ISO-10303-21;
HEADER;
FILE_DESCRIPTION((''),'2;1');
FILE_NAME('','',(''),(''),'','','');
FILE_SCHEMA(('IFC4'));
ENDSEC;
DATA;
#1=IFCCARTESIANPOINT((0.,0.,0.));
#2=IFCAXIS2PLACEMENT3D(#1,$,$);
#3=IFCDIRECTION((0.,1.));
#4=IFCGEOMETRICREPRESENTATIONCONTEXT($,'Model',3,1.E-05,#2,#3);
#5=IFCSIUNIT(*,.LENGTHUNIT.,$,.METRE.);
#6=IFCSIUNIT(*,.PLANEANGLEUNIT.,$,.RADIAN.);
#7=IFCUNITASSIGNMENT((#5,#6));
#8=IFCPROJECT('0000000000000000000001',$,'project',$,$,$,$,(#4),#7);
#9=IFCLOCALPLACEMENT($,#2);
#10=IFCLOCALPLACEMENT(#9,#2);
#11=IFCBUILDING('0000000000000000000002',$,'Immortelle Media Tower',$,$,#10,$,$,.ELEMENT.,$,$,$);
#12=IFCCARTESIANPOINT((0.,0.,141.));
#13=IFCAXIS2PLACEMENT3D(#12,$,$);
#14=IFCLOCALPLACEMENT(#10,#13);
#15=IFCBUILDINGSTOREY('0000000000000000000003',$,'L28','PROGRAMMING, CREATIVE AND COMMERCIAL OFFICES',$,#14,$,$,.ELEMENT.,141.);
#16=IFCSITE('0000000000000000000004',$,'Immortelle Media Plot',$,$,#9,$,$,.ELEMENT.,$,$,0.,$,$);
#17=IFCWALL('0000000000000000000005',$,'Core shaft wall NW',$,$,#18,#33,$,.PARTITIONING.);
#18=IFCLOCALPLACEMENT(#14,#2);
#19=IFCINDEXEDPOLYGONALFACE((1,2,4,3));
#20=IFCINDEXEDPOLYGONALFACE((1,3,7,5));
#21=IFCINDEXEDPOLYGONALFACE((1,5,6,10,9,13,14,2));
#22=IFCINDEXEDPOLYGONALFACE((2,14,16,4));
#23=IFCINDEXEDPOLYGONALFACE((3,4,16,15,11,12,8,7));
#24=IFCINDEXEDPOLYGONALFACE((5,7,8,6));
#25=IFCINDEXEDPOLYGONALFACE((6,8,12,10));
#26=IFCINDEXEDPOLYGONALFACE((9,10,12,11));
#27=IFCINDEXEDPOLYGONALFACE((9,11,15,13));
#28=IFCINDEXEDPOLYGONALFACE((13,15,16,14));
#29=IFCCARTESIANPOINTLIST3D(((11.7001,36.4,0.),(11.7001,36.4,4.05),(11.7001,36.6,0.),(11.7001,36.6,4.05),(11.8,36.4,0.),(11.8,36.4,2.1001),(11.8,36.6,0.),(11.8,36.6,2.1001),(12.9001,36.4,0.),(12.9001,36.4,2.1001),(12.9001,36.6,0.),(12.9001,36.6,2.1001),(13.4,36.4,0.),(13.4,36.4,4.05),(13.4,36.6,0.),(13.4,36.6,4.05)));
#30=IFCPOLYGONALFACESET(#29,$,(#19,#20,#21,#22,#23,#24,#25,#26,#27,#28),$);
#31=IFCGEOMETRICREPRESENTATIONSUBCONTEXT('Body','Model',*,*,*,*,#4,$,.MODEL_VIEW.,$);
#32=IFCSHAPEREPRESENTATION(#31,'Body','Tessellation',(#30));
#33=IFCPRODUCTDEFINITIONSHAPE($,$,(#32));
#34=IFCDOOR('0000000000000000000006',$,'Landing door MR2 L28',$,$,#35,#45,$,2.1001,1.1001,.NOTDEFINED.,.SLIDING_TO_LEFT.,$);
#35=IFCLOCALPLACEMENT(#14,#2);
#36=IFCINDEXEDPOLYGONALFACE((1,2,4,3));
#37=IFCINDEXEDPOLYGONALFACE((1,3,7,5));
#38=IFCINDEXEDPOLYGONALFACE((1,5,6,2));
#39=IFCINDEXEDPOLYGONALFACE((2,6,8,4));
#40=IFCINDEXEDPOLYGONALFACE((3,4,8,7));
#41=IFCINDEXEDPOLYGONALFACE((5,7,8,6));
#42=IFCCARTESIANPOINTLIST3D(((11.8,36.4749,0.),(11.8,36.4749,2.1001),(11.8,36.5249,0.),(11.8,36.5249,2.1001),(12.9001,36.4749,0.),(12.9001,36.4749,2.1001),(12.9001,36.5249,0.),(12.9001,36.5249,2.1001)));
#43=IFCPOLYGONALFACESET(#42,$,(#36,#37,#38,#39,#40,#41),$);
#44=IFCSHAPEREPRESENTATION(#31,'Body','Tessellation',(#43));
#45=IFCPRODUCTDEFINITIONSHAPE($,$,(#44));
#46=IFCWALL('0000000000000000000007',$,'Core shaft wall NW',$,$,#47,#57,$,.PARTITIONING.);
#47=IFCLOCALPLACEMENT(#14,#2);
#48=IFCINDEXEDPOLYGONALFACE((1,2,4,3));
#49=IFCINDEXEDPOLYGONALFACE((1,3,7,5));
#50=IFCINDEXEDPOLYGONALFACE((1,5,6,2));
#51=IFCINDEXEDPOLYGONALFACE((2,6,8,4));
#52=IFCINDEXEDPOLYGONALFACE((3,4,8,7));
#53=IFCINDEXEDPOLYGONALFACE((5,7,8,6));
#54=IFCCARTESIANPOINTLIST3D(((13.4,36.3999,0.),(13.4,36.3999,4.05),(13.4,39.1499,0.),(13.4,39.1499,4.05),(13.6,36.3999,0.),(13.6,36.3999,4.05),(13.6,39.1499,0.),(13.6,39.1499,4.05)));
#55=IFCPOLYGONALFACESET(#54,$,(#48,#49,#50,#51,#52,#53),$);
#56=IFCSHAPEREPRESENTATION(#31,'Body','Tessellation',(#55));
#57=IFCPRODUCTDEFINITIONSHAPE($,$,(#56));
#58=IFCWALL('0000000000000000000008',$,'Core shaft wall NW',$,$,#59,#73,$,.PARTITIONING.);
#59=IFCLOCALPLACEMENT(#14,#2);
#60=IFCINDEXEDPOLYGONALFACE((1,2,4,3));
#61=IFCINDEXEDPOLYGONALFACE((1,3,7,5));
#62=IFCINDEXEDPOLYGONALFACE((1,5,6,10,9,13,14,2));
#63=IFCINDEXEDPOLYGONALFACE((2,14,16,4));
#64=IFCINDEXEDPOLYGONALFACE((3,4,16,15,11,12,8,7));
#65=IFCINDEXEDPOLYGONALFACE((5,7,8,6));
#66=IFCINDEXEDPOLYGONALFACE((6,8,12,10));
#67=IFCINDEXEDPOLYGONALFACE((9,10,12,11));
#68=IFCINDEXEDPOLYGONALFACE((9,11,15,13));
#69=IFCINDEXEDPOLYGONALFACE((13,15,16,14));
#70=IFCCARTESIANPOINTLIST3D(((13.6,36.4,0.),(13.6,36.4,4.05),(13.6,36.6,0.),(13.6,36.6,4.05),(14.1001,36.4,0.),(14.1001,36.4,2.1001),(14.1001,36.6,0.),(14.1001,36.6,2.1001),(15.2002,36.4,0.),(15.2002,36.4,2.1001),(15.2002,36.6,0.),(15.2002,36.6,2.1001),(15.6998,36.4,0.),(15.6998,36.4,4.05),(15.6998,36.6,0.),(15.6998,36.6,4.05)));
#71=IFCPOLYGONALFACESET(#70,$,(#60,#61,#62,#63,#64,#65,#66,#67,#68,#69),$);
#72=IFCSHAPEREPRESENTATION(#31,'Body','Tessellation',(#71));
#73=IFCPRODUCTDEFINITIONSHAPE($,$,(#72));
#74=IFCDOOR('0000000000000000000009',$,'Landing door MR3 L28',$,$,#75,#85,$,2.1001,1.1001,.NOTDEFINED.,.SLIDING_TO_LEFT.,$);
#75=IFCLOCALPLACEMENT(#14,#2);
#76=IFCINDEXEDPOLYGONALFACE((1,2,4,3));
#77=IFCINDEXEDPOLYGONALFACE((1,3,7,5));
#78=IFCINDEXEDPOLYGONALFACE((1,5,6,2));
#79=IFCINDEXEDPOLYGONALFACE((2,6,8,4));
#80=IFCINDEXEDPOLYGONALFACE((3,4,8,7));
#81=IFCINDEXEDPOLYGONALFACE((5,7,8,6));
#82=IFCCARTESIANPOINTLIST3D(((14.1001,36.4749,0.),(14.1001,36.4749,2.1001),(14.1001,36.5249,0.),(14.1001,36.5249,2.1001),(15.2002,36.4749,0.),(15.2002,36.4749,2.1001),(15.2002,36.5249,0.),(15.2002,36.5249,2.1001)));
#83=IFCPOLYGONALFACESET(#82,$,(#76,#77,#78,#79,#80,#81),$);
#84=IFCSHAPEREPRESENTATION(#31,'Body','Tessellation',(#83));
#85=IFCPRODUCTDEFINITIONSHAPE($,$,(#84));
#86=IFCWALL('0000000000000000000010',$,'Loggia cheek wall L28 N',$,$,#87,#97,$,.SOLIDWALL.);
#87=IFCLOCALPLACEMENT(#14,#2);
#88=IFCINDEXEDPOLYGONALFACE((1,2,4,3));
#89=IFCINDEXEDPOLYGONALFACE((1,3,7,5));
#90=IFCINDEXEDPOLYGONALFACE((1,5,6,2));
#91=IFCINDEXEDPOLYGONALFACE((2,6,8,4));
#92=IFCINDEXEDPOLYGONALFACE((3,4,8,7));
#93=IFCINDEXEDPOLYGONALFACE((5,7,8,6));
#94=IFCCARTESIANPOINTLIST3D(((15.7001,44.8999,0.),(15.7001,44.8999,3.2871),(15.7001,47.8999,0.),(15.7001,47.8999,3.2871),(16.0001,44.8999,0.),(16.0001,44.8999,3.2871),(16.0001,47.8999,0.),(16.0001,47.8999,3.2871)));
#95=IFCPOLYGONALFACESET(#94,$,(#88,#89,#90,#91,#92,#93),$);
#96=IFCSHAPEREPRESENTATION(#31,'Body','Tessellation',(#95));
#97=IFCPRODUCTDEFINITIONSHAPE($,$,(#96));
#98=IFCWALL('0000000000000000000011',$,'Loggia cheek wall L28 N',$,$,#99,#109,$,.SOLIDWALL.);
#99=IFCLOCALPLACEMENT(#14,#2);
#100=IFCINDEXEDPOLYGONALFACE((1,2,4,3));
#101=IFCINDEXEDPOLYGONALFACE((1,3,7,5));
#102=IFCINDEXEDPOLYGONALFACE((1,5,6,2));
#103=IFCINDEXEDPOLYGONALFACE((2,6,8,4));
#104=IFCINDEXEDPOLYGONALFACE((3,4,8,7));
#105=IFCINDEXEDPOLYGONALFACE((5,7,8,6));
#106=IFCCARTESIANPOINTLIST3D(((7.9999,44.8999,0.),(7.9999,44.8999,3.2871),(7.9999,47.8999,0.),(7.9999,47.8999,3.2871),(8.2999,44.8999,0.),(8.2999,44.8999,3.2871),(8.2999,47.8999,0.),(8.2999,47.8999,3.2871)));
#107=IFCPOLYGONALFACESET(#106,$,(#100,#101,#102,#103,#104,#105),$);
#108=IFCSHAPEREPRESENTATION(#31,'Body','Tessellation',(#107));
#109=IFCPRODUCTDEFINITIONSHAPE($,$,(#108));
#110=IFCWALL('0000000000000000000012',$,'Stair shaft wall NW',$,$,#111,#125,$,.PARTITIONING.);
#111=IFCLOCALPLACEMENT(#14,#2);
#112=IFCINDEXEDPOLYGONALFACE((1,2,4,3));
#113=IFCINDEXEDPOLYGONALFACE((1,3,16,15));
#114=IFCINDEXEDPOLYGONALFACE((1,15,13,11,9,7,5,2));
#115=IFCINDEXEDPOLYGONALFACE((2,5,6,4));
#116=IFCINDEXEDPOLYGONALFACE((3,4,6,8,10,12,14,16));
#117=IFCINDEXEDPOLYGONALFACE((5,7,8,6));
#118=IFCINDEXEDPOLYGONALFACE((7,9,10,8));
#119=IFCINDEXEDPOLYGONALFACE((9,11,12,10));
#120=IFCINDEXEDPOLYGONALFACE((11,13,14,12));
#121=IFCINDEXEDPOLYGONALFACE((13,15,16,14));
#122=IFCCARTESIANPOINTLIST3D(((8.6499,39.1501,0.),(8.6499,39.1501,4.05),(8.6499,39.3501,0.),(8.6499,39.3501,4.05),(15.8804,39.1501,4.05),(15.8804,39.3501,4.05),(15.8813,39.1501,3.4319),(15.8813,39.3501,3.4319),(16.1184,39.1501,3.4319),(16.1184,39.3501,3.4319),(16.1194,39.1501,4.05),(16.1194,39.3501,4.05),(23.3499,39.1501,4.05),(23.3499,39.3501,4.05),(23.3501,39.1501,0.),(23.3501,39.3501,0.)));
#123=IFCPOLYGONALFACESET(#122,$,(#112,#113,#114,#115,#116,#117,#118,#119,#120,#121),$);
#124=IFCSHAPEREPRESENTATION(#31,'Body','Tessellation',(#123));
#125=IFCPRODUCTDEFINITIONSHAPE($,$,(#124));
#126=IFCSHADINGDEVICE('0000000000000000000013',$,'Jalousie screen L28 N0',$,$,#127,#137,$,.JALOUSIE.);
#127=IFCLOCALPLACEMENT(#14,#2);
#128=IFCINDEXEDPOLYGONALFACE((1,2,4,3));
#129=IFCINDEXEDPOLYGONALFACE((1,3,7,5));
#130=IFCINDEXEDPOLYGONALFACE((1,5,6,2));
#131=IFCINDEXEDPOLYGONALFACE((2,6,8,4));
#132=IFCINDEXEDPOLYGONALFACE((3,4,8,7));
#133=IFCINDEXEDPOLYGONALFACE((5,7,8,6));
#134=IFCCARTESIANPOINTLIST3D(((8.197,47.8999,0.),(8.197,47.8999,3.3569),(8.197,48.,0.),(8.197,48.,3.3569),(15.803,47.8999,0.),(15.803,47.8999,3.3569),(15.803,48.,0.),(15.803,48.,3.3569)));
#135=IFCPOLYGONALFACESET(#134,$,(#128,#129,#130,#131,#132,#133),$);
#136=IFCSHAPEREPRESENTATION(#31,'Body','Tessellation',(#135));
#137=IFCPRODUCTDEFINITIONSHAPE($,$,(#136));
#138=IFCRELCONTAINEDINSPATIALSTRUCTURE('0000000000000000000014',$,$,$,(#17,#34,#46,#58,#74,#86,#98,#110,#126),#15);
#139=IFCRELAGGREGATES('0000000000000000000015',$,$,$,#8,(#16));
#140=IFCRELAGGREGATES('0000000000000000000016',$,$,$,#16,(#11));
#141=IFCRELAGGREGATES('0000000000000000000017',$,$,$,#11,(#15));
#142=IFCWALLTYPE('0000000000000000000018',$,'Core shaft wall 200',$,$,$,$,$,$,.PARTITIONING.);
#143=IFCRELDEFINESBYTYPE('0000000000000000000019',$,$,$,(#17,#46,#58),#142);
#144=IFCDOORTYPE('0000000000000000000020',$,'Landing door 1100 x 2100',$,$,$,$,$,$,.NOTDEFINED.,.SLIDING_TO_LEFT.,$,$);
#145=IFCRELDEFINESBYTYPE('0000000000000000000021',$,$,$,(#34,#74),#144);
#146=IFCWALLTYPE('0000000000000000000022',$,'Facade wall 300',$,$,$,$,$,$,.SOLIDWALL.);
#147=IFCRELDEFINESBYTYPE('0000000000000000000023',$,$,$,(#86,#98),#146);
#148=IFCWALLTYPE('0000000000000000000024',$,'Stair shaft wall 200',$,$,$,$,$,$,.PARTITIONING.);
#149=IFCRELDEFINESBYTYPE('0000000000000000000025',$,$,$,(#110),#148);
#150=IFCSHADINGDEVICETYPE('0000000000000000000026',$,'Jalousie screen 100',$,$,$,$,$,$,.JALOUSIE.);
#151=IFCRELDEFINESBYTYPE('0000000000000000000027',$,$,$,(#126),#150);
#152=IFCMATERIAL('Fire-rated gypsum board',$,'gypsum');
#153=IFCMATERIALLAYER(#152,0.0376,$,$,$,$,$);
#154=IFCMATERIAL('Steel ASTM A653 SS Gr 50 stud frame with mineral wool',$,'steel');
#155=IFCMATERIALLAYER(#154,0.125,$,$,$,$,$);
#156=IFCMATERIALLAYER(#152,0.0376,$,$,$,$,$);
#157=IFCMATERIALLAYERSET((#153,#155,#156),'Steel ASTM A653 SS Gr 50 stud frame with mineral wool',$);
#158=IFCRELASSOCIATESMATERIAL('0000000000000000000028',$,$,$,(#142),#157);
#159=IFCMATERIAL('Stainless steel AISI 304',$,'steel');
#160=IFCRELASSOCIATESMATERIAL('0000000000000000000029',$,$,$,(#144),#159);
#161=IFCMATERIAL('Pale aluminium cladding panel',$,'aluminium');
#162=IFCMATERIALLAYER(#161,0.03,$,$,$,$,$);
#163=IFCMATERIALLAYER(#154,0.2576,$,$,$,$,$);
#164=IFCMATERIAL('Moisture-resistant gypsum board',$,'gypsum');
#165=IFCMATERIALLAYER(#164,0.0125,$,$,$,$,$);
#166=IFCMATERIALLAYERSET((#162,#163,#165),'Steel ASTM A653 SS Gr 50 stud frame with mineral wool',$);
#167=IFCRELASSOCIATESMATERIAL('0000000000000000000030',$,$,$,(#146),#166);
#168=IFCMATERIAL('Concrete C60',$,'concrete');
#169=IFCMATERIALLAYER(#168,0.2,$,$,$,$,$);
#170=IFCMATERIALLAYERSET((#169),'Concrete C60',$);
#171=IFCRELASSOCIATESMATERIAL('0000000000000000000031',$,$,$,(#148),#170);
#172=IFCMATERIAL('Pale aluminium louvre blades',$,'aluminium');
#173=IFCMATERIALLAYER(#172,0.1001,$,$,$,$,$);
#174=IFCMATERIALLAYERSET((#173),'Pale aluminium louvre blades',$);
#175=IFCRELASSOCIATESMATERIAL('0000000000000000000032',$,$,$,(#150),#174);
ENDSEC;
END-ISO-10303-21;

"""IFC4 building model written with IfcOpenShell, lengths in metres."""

from ifc_helpers import new_model, si_unit, direction, frame, frame_2d, origin, origin_2d, place, context, subcontext, project, spatial, polyline, rectangle, outline, extrude, material, layer, layer_set, type_object, element, fill, save


model = new_model("IFC4")

# Units and contexts
model_context = context("Model", 3, precision=1e-05, world=origin(), true_north=direction((0.0, 1.0)))
body_context = subcontext(model_context, "Body", "Model", "MODEL_VIEW")
ifc_project = project(units=[si_unit("LENGTHUNIT", "METRE"), si_unit("PLANEANGLEUNIT", "RADIAN")], contexts=[model_context])

# Site, building, storey
site_placement = place(None, origin())
site = spatial("IfcSite", under=ifc_project, at=site_placement, Name="Immortelle Media Plot", CompositionType="ELEMENT", RefElevation=0.0)
building_placement = place(site_placement, origin())
building = spatial("IfcBuilding", under=site, at=building_placement, Name="Immortelle Media Tower", CompositionType="ELEMENT")
storey_placement = place(building_placement, frame((0.0, 0.0, 141.0)))
storey = spatial("IfcBuildingStorey", under=building, at=storey_placement, Name="L28", Description="PROGRAMMING, CREATIVE AND COMMERCIAL OFFICES", CompositionType="ELEMENT", Elevation=141.0)

# Shared definitions
ifc_material_1 = material(Name="Fire-rated gypsum board", Category="gypsum")
ifc_material_2 = material(Name="Steel ASTM A653 SS Gr 50 stud frame with mineral wool", Category="steel")

# Shared definitions
ifc_layer_1 = layer(ifc_material_1, 0.0376)
ifc_layer_2 = layer(ifc_material_2, 0.125)
ifc_layer_3 = layer(ifc_material_1, 0.0376)
ifc_layer_set_1 = layer_set([ifc_layer_1, ifc_layer_2, ifc_layer_3], Name="Steel ASTM A653 SS Gr 50 stud frame with mineral wool")
wall_type_1 = type_object("IfcWallType", Name="Core shaft wall 200", PredefinedType="PARTITIONING", material=ifc_layer_set_1)

# Shared definitions
ifc_material_3 = material(Name="Stainless steel AISI 304", Category="steel")
door_type_1 = type_object("IfcDoorType", Name="Landing door 1100 x 2100", OperationType="SLIDING_TO_LEFT", PredefinedType="NOTDEFINED", material=ifc_material_3)

# Wall, opening, door
wall_1_placement = place(storey_placement, frame((11.7, 36.5, 0.0), z_axis=(0.0, 0.0, 1.0), x_axis=(1.0, 0.0, 0.0)))
wall_1 = element("IfcWall", 1, at=wall_1_placement, inside=storey, type_object=wall_type_1, Name="Core shaft wall NW", PredefinedType="PARTITIONING", context=body_context, shape_type="SweptSolid", body=[
    extrude(rectangle(XDim=1.7, YDim=0.2, at=frame_2d((0.8501, 0.0))), origin(), (0.0, 0.0, 1.0), 4.05),
])
opening_1_placement = place(wall_1_placement, frame((0.1001, 0.0, 0.0)))
opening_1 = element("IfcOpeningElement", 2, at=opening_1_placement, cuts=wall_1, PredefinedType="OPENING", context=body_context, shape_type="SweptSolid", body=[
    extrude(rectangle(XDim=1.1001, YDim=2.1001, at=frame_2d((0.55, 1.05))), frame((0.0, 0.1099, 0.0), z_axis=(0.0, -1.0, 0.0), x_axis=(1.0, 0.0, 0.0)), (0.0, 0.0, 1.0), 0.22),
])
door_1_placement = place(opening_1_placement, origin())
door_1 = element("IfcDoor", 3, at=door_1_placement, inside=storey, type_object=door_type_1, Name="Landing door MR2 L28", OperationType="SLIDING_TO_LEFT", OverallHeight=2.1001, OverallWidth=1.1001, PredefinedType="NOTDEFINED", context=body_context, shape_type="SweptSolid", body=[
    extrude(rectangle(XDim=1.1001, YDim=2.1001, at=frame_2d((0.55, 1.05))), frame((0.0, 0.0249, 0.0), z_axis=(0.0, -1.0, 0.0), x_axis=(1.0, 0.0, 0.0)), (0.0, 0.0, 1.0), 0.05),
])
fill(opening_1, door_1)

# Wall
wall_2_placement = place(storey_placement, frame((13.5, 36.3999, 0.0), z_axis=(0.0, 0.0, 1.0), x_axis=(0.0, 1.0, 0.0)))
element("IfcWall", 4, at=wall_2_placement, inside=storey, type_object=wall_type_1, Name="Core shaft wall NW", PredefinedType="PARTITIONING", context=body_context, shape_type="SweptSolid", body=[
    extrude(rectangle(XDim=2.75, YDim=0.2, at=frame_2d((1.375, 0.0))), origin(), (0.0, 0.0, 1.0), 4.05),
])

# Wall, opening, door
wall_3_placement = place(storey_placement, frame((13.6001, 36.5, 0.0), z_axis=(0.0, 0.0, 1.0), x_axis=(1.0, 0.0, 0.0)))
wall_3 = element("IfcWall", 5, at=wall_3_placement, inside=storey, type_object=wall_type_1, Name="Core shaft wall NW", PredefinedType="PARTITIONING", context=body_context, shape_type="SweptSolid", body=[
    extrude(rectangle(XDim=2.0999, YDim=0.2, at=frame_2d((1.0498, 0.0))), origin(), (0.0, 0.0, 1.0), 4.05),
])
opening_2_placement = place(wall_3_placement, frame((0.5, 0.0, 0.0)))
opening_2 = element("IfcOpeningElement", 6, at=opening_2_placement, cuts=wall_3, PredefinedType="OPENING", context=body_context, shape_type="SweptSolid", body=[
    extrude(rectangle(XDim=1.1001, YDim=2.1001, at=frame_2d((0.55, 1.05))), frame((0.0, 0.1099, 0.0), z_axis=(0.0, -1.0, 0.0), x_axis=(1.0, 0.0, 0.0)), (0.0, 0.0, 1.0), 0.22),
])
door_2_placement = place(opening_2_placement, origin())
door_2 = element("IfcDoor", 7, at=door_2_placement, inside=storey, type_object=door_type_1, Name="Landing door MR3 L28", OperationType="SLIDING_TO_LEFT", OverallHeight=2.1001, OverallWidth=1.1001, PredefinedType="NOTDEFINED", context=body_context, shape_type="SweptSolid", body=[
    extrude(rectangle(XDim=1.1001, YDim=2.1001, at=frame_2d((0.55, 1.05))), frame((0.0, 0.0249, 0.0), z_axis=(0.0, -1.0, 0.0), x_axis=(1.0, 0.0, 0.0)), (0.0, 0.0, 1.0), 0.05),
])
fill(opening_2, door_2)

# Shared definitions
ifc_material_4 = material(Name="Pale aluminium cladding panel", Category="aluminium")
ifc_layer_4 = layer(ifc_material_4, 0.03)
ifc_layer_5 = layer(ifc_material_2, 0.2576)
ifc_material_5 = material(Name="Moisture-resistant gypsum board", Category="gypsum")
ifc_layer_6 = layer(ifc_material_5, 0.0125)
ifc_layer_set_2 = layer_set([ifc_layer_4, ifc_layer_5, ifc_layer_6], Name="Steel ASTM A653 SS Gr 50 stud frame with mineral wool")
wall_type_2 = type_object("IfcWallType", Name="Facade wall 300", PredefinedType="SOLIDWALL", material=ifc_layer_set_2)

# Walls
for number, where, z_axis, x_axis, name in (
    (8, (15.8501, 47.8999, 0.0), (0.0, 0.0, 1.0), (0.0, -1.0, 0.0), "Loggia cheek wall L28 N"),
    (9, (8.1499, 47.8999, 0.0), (0.0, 0.0, 1.0), (0.0, -1.0, 0.0), "Loggia cheek wall L28 N"),
):
    element("IfcWall", number, at=place(storey_placement, frame(where, z_axis=z_axis, x_axis=x_axis)), inside=storey, type_object=wall_type_2, Name=name, PredefinedType="SOLIDWALL", context=body_context, shape_type="SweptSolid", body=[
        extrude(rectangle(XDim=3.0, YDim=0.3, at=frame_2d((1.5, 0.0))), origin(), (0.0, 0.0, 1.0), 3.2871),
    ])
ifc_material_6 = material(Name="Concrete C60", Category="concrete")
ifc_layer_7 = layer(ifc_material_6, 0.2)
ifc_layer_set_3 = layer_set([ifc_layer_7], Name="Concrete C60")
wall_type_3 = type_object("IfcWallType", Name="Stair shaft wall 200", PredefinedType="PARTITIONING", material=ifc_layer_set_3)
wall_4_placement = place(storey_placement, frame((8.6499, 39.25, 0.0), z_axis=(0.0, 0.0, 1.0), x_axis=(1.0, 0.0, 0.0)))
element("IfcWall", 10, at=wall_4_placement, inside=storey, type_object=wall_type_3, Name="Stair shaft wall NW", PredefinedType="PARTITIONING", context=body_context, shape_type="SweptSolid", body=[
    extrude(outline(polyline([(0.0, 0.0), (14.7002, 0.0), (14.7, 4.05), (7.4695, 4.05), (7.4685, 3.4319), (7.2314, 3.4319), (7.2305, 4.05), (0.0, 4.05), (0.0, 0.0)])), frame((0.0, 0.1001, 0.0), z_axis=(0.0, -1.0, 0.0), x_axis=(1.0, 0.0, 0.0)), (0.0, 0.0, 1.0), 0.2),
])

# Shading device
ifc_material_7 = material(Name="Pale aluminium louvre blades", Category="aluminium")
ifc_layer_8 = layer(ifc_material_7, 0.1001)
ifc_layer_set_4 = layer_set([ifc_layer_8], Name="Pale aluminium louvre blades")
shading_device_type = type_object("IfcShadingDeviceType", Name="Jalousie screen 100", PredefinedType="JALOUSIE", material=ifc_layer_set_4)
shading_device_placement = place(storey_placement, frame((12.0, 47.95, 0.0), z_axis=(0.0, 0.0, 1.0), x_axis=(-1.0, 0.0, 0.0)))
element("IfcShadingDevice", 11, at=shading_device_placement, inside=storey, type_object=shading_device_type, Name="Jalousie screen L28 N0", PredefinedType="JALOUSIE", context=body_context, shape_type="SweptSolid", body=[
    extrude(rectangle(XDim=7.606, YDim=0.1001, at=origin_2d()), origin(), (0.0, 0.0, 1.0), 3.3569),
])

save(model, "model.ifc")
